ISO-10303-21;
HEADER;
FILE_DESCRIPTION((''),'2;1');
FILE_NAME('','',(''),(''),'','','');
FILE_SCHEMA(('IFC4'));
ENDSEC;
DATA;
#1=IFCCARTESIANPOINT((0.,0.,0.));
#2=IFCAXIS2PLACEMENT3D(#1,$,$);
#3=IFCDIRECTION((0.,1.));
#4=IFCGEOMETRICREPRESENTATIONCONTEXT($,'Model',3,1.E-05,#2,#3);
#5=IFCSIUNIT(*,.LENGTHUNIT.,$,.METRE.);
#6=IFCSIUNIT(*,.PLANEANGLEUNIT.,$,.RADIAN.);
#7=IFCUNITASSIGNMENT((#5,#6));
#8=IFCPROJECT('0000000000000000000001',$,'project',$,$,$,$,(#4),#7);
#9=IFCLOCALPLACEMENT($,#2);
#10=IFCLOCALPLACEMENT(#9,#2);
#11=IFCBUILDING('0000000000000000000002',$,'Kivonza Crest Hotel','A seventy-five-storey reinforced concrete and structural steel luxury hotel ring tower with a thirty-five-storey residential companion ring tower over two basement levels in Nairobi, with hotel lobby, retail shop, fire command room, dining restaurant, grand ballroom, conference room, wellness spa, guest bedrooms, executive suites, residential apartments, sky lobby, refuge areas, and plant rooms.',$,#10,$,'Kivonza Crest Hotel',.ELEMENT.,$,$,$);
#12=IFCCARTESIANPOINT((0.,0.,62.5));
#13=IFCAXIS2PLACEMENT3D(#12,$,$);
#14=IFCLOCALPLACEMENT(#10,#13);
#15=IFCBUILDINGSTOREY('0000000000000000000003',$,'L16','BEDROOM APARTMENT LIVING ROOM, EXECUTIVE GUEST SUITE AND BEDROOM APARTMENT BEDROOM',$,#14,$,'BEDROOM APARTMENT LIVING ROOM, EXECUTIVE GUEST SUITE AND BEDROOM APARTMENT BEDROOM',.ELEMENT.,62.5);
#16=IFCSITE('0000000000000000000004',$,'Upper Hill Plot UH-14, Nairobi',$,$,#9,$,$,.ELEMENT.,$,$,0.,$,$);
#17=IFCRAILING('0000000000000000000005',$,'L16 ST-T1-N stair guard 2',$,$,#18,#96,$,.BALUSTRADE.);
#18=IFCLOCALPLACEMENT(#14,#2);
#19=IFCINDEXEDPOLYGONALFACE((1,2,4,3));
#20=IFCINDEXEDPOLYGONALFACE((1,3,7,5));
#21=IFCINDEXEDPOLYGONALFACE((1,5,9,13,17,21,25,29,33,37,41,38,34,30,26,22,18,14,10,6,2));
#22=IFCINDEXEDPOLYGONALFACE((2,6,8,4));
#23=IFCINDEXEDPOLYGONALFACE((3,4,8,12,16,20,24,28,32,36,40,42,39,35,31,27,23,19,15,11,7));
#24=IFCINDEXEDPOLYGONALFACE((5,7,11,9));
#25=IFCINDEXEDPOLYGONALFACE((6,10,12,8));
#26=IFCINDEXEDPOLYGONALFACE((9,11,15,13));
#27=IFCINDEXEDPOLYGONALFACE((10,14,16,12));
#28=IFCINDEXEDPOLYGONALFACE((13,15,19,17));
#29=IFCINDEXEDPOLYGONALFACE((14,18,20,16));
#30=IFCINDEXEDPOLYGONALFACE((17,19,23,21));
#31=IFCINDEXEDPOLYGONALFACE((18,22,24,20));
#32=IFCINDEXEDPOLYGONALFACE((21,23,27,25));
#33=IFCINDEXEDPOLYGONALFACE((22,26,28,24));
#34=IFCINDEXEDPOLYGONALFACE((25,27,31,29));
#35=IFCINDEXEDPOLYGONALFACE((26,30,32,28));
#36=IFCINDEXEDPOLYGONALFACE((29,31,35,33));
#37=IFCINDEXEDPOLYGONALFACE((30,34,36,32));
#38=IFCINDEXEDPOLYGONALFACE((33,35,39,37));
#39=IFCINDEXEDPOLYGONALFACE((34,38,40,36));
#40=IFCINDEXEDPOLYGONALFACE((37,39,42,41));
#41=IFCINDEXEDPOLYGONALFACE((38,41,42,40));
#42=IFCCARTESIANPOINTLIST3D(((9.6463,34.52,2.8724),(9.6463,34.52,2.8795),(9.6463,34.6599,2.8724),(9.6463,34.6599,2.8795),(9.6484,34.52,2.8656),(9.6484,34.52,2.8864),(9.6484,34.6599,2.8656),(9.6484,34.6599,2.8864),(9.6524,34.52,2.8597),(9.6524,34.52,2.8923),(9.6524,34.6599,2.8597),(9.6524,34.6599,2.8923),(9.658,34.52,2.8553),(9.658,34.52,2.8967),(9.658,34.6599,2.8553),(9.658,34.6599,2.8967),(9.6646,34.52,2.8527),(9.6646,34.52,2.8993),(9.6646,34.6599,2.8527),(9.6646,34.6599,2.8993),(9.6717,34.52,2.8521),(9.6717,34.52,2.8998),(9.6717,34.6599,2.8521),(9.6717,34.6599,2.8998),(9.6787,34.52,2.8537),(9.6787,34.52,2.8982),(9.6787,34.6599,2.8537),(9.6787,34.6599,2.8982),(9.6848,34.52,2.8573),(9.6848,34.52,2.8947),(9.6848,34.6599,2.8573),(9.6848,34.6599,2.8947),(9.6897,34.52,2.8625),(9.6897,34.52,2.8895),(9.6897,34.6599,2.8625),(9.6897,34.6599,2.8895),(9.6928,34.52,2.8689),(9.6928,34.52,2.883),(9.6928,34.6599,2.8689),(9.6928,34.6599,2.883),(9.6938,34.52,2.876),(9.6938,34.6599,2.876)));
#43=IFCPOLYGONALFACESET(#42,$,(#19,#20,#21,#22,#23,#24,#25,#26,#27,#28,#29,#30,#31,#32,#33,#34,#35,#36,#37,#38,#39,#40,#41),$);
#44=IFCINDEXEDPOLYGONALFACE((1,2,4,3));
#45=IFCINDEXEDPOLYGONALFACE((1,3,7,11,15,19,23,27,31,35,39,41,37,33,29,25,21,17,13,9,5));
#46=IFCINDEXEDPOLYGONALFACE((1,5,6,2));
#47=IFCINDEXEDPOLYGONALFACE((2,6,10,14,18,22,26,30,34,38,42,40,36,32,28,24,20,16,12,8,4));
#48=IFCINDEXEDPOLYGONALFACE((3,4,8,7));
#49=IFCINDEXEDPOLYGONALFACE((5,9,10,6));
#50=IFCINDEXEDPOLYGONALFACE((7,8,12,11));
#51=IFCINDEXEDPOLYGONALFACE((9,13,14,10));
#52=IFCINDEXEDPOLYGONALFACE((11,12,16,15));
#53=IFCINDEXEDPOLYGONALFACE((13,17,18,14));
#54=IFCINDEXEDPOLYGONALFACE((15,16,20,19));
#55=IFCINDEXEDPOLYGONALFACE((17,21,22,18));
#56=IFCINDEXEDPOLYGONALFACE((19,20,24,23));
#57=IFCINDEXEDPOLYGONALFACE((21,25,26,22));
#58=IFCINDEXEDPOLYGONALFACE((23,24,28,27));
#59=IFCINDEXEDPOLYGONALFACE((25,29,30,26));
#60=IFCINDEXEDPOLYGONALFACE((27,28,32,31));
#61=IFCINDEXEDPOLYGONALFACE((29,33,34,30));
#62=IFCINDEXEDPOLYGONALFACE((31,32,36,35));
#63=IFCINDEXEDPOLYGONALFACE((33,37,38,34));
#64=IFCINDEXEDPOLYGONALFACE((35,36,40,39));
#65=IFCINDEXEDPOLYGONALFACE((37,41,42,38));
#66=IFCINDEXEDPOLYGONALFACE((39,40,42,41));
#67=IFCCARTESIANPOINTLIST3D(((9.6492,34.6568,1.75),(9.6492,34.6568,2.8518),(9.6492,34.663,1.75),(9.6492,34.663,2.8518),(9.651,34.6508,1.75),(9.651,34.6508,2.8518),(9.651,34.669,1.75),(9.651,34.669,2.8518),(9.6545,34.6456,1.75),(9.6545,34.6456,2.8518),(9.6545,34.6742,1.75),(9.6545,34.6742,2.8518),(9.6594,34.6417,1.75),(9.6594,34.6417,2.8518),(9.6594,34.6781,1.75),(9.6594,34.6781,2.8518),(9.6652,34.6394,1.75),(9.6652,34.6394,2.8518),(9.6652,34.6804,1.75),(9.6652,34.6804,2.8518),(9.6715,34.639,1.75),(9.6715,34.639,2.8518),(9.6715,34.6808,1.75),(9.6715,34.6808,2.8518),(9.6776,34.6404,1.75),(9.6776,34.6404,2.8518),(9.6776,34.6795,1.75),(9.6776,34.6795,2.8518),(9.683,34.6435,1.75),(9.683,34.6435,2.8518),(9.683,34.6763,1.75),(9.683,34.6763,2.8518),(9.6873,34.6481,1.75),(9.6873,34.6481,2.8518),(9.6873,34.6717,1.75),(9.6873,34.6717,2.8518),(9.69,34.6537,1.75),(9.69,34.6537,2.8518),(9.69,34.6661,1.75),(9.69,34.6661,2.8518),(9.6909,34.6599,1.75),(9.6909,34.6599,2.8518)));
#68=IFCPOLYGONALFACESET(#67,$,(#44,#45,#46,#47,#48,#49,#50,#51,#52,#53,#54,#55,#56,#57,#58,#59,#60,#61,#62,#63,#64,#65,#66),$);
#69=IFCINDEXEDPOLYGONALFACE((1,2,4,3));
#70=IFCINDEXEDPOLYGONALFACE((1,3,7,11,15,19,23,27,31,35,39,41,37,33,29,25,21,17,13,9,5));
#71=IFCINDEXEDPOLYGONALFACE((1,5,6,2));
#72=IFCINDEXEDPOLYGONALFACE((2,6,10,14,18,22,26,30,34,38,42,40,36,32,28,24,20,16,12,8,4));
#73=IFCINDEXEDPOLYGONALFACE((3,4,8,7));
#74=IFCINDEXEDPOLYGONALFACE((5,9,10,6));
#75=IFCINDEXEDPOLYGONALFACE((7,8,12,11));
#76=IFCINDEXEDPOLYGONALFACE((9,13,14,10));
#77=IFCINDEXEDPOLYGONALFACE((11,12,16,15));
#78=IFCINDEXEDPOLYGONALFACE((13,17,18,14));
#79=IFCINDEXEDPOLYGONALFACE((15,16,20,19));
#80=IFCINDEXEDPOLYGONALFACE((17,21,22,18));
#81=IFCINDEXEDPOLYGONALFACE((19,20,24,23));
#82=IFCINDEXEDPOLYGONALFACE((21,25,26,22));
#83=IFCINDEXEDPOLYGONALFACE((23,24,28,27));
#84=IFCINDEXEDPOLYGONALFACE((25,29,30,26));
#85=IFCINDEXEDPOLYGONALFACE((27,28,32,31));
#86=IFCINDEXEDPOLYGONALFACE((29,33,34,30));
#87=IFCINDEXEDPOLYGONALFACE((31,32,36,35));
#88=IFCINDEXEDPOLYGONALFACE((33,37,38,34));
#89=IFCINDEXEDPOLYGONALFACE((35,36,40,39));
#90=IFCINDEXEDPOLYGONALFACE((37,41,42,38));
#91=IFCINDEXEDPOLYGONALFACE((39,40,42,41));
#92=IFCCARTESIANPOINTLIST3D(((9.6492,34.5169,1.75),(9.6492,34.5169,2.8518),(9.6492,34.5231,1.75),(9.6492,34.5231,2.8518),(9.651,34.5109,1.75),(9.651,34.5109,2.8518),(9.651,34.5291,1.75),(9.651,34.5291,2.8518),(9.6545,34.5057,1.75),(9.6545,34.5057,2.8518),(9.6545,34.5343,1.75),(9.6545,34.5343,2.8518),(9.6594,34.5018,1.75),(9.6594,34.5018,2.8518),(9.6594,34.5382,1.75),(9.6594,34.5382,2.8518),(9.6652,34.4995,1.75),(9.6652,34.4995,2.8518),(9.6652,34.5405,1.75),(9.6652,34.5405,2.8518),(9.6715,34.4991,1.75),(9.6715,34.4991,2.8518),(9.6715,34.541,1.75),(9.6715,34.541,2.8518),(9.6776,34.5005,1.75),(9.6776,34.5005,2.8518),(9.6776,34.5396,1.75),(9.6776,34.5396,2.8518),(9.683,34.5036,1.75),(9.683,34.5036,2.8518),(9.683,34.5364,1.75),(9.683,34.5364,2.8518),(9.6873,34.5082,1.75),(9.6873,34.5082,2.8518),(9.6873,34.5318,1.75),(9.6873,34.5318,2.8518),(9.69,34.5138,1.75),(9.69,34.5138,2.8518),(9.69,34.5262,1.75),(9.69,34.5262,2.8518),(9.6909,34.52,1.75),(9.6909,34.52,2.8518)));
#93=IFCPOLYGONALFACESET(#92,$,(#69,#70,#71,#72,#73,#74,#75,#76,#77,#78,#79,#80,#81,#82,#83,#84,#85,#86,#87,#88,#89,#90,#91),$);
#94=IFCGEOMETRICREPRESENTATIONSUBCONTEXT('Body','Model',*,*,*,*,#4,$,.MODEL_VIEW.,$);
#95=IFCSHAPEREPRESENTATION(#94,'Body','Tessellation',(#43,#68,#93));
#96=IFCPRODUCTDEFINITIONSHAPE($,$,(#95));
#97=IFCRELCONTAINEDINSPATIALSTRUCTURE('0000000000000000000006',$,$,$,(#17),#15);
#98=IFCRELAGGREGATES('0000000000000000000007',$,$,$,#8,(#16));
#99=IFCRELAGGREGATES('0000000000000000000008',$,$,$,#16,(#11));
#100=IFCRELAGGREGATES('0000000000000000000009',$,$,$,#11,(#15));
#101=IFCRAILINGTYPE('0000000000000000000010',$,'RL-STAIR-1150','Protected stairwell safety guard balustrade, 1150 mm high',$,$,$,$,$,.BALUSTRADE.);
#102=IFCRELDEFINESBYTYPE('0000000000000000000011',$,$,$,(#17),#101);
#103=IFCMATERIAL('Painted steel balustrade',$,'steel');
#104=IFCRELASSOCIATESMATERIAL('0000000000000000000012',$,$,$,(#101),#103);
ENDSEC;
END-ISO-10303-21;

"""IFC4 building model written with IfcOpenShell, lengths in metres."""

from ifc_helpers import new_model, si_unit, direction, frame, origin, origin_2d, place, context, subcontext, project, spatial, circle, extrude, material, type_object, element, save


model = new_model("IFC4")

# Units and contexts
model_context = context("Model", 3, precision=1e-05, world=origin(), true_north=direction((0.0, 1.0)))
body_context = subcontext(model_context, "Body", "Model", "MODEL_VIEW")
ifc_project = project(units=[si_unit("LENGTHUNIT", "METRE"), si_unit("PLANEANGLEUNIT", "RADIAN")], contexts=[model_context])

# Site, building, storey
site_placement = place(None, origin())
site = spatial("IfcSite", under=ifc_project, at=site_placement, Name="Upper Hill Plot UH-14, Nairobi", CompositionType="ELEMENT", RefElevation=0.0)
building_placement = place(site_placement, origin())
building = spatial("IfcBuilding", under=site, at=building_placement, Name="Kivonza Crest Hotel", Description="A seventy-five-storey reinforced concrete and structural steel luxury hotel ring tower with a thirty-five-storey residential companion ring tower over two basement levels in Nairobi, with hotel lobby, retail shop, fire command room, dining restaurant, grand ballroom, conference room, wellness spa, guest bedrooms, executive suites, residential apartments, sky lobby, refuge areas, and plant rooms.", LongName="Kivonza Crest Hotel", CompositionType="ELEMENT")
storey_placement = place(building_placement, frame((0.0, 0.0, 62.5)))
storey = spatial("IfcBuildingStorey", under=building, at=storey_placement, Name="L16", Description="BEDROOM APARTMENT LIVING ROOM, EXECUTIVE GUEST SUITE AND BEDROOM APARTMENT BEDROOM", LongName="BEDROOM APARTMENT LIVING ROOM, EXECUTIVE GUEST SUITE AND BEDROOM APARTMENT BEDROOM", CompositionType="ELEMENT", Elevation=62.5)

# Railing
ifc_material_1 = material(Name="Painted steel balustrade", Category="steel")
railing_type_1 = type_object("IfcRailingType", Name="RL-STAIR-1150", Description="Protected stairwell safety guard balustrade, 1150 mm high", PredefinedType="BALUSTRADE", material=ifc_material_1)
railing_1_placement = place(storey_placement, frame((9.6699, 34.6599, 1.75)))
element("IfcRailing", 1, at=railing_1_placement, inside=storey, type_object=railing_type_1, Name="L16 ST-T1-N stair guard 2", PredefinedType="BALUSTRADE", context=body_context, shape_type="SweptSolid", body=[
    extrude(circle(Radius=0.0239, at=origin_2d()), frame((0.0, 0.0, 1.126), z_axis=(0.0, -1.0, 0.0), x_axis=(1.0, 0.0, 0.0)), (0.0, 0.0, 1.0), 0.1399),
    extrude(circle(Radius=0.021, at=origin_2d()), origin(), (0.0, 0.0, 1.0), 1.1018),
    extrude(circle(Radius=0.021, at=origin_2d()), frame((0.0, -0.1399, 0.0)), (0.0, 0.0, 1.0), 1.1018),
])

save(model, "model.ifc")
